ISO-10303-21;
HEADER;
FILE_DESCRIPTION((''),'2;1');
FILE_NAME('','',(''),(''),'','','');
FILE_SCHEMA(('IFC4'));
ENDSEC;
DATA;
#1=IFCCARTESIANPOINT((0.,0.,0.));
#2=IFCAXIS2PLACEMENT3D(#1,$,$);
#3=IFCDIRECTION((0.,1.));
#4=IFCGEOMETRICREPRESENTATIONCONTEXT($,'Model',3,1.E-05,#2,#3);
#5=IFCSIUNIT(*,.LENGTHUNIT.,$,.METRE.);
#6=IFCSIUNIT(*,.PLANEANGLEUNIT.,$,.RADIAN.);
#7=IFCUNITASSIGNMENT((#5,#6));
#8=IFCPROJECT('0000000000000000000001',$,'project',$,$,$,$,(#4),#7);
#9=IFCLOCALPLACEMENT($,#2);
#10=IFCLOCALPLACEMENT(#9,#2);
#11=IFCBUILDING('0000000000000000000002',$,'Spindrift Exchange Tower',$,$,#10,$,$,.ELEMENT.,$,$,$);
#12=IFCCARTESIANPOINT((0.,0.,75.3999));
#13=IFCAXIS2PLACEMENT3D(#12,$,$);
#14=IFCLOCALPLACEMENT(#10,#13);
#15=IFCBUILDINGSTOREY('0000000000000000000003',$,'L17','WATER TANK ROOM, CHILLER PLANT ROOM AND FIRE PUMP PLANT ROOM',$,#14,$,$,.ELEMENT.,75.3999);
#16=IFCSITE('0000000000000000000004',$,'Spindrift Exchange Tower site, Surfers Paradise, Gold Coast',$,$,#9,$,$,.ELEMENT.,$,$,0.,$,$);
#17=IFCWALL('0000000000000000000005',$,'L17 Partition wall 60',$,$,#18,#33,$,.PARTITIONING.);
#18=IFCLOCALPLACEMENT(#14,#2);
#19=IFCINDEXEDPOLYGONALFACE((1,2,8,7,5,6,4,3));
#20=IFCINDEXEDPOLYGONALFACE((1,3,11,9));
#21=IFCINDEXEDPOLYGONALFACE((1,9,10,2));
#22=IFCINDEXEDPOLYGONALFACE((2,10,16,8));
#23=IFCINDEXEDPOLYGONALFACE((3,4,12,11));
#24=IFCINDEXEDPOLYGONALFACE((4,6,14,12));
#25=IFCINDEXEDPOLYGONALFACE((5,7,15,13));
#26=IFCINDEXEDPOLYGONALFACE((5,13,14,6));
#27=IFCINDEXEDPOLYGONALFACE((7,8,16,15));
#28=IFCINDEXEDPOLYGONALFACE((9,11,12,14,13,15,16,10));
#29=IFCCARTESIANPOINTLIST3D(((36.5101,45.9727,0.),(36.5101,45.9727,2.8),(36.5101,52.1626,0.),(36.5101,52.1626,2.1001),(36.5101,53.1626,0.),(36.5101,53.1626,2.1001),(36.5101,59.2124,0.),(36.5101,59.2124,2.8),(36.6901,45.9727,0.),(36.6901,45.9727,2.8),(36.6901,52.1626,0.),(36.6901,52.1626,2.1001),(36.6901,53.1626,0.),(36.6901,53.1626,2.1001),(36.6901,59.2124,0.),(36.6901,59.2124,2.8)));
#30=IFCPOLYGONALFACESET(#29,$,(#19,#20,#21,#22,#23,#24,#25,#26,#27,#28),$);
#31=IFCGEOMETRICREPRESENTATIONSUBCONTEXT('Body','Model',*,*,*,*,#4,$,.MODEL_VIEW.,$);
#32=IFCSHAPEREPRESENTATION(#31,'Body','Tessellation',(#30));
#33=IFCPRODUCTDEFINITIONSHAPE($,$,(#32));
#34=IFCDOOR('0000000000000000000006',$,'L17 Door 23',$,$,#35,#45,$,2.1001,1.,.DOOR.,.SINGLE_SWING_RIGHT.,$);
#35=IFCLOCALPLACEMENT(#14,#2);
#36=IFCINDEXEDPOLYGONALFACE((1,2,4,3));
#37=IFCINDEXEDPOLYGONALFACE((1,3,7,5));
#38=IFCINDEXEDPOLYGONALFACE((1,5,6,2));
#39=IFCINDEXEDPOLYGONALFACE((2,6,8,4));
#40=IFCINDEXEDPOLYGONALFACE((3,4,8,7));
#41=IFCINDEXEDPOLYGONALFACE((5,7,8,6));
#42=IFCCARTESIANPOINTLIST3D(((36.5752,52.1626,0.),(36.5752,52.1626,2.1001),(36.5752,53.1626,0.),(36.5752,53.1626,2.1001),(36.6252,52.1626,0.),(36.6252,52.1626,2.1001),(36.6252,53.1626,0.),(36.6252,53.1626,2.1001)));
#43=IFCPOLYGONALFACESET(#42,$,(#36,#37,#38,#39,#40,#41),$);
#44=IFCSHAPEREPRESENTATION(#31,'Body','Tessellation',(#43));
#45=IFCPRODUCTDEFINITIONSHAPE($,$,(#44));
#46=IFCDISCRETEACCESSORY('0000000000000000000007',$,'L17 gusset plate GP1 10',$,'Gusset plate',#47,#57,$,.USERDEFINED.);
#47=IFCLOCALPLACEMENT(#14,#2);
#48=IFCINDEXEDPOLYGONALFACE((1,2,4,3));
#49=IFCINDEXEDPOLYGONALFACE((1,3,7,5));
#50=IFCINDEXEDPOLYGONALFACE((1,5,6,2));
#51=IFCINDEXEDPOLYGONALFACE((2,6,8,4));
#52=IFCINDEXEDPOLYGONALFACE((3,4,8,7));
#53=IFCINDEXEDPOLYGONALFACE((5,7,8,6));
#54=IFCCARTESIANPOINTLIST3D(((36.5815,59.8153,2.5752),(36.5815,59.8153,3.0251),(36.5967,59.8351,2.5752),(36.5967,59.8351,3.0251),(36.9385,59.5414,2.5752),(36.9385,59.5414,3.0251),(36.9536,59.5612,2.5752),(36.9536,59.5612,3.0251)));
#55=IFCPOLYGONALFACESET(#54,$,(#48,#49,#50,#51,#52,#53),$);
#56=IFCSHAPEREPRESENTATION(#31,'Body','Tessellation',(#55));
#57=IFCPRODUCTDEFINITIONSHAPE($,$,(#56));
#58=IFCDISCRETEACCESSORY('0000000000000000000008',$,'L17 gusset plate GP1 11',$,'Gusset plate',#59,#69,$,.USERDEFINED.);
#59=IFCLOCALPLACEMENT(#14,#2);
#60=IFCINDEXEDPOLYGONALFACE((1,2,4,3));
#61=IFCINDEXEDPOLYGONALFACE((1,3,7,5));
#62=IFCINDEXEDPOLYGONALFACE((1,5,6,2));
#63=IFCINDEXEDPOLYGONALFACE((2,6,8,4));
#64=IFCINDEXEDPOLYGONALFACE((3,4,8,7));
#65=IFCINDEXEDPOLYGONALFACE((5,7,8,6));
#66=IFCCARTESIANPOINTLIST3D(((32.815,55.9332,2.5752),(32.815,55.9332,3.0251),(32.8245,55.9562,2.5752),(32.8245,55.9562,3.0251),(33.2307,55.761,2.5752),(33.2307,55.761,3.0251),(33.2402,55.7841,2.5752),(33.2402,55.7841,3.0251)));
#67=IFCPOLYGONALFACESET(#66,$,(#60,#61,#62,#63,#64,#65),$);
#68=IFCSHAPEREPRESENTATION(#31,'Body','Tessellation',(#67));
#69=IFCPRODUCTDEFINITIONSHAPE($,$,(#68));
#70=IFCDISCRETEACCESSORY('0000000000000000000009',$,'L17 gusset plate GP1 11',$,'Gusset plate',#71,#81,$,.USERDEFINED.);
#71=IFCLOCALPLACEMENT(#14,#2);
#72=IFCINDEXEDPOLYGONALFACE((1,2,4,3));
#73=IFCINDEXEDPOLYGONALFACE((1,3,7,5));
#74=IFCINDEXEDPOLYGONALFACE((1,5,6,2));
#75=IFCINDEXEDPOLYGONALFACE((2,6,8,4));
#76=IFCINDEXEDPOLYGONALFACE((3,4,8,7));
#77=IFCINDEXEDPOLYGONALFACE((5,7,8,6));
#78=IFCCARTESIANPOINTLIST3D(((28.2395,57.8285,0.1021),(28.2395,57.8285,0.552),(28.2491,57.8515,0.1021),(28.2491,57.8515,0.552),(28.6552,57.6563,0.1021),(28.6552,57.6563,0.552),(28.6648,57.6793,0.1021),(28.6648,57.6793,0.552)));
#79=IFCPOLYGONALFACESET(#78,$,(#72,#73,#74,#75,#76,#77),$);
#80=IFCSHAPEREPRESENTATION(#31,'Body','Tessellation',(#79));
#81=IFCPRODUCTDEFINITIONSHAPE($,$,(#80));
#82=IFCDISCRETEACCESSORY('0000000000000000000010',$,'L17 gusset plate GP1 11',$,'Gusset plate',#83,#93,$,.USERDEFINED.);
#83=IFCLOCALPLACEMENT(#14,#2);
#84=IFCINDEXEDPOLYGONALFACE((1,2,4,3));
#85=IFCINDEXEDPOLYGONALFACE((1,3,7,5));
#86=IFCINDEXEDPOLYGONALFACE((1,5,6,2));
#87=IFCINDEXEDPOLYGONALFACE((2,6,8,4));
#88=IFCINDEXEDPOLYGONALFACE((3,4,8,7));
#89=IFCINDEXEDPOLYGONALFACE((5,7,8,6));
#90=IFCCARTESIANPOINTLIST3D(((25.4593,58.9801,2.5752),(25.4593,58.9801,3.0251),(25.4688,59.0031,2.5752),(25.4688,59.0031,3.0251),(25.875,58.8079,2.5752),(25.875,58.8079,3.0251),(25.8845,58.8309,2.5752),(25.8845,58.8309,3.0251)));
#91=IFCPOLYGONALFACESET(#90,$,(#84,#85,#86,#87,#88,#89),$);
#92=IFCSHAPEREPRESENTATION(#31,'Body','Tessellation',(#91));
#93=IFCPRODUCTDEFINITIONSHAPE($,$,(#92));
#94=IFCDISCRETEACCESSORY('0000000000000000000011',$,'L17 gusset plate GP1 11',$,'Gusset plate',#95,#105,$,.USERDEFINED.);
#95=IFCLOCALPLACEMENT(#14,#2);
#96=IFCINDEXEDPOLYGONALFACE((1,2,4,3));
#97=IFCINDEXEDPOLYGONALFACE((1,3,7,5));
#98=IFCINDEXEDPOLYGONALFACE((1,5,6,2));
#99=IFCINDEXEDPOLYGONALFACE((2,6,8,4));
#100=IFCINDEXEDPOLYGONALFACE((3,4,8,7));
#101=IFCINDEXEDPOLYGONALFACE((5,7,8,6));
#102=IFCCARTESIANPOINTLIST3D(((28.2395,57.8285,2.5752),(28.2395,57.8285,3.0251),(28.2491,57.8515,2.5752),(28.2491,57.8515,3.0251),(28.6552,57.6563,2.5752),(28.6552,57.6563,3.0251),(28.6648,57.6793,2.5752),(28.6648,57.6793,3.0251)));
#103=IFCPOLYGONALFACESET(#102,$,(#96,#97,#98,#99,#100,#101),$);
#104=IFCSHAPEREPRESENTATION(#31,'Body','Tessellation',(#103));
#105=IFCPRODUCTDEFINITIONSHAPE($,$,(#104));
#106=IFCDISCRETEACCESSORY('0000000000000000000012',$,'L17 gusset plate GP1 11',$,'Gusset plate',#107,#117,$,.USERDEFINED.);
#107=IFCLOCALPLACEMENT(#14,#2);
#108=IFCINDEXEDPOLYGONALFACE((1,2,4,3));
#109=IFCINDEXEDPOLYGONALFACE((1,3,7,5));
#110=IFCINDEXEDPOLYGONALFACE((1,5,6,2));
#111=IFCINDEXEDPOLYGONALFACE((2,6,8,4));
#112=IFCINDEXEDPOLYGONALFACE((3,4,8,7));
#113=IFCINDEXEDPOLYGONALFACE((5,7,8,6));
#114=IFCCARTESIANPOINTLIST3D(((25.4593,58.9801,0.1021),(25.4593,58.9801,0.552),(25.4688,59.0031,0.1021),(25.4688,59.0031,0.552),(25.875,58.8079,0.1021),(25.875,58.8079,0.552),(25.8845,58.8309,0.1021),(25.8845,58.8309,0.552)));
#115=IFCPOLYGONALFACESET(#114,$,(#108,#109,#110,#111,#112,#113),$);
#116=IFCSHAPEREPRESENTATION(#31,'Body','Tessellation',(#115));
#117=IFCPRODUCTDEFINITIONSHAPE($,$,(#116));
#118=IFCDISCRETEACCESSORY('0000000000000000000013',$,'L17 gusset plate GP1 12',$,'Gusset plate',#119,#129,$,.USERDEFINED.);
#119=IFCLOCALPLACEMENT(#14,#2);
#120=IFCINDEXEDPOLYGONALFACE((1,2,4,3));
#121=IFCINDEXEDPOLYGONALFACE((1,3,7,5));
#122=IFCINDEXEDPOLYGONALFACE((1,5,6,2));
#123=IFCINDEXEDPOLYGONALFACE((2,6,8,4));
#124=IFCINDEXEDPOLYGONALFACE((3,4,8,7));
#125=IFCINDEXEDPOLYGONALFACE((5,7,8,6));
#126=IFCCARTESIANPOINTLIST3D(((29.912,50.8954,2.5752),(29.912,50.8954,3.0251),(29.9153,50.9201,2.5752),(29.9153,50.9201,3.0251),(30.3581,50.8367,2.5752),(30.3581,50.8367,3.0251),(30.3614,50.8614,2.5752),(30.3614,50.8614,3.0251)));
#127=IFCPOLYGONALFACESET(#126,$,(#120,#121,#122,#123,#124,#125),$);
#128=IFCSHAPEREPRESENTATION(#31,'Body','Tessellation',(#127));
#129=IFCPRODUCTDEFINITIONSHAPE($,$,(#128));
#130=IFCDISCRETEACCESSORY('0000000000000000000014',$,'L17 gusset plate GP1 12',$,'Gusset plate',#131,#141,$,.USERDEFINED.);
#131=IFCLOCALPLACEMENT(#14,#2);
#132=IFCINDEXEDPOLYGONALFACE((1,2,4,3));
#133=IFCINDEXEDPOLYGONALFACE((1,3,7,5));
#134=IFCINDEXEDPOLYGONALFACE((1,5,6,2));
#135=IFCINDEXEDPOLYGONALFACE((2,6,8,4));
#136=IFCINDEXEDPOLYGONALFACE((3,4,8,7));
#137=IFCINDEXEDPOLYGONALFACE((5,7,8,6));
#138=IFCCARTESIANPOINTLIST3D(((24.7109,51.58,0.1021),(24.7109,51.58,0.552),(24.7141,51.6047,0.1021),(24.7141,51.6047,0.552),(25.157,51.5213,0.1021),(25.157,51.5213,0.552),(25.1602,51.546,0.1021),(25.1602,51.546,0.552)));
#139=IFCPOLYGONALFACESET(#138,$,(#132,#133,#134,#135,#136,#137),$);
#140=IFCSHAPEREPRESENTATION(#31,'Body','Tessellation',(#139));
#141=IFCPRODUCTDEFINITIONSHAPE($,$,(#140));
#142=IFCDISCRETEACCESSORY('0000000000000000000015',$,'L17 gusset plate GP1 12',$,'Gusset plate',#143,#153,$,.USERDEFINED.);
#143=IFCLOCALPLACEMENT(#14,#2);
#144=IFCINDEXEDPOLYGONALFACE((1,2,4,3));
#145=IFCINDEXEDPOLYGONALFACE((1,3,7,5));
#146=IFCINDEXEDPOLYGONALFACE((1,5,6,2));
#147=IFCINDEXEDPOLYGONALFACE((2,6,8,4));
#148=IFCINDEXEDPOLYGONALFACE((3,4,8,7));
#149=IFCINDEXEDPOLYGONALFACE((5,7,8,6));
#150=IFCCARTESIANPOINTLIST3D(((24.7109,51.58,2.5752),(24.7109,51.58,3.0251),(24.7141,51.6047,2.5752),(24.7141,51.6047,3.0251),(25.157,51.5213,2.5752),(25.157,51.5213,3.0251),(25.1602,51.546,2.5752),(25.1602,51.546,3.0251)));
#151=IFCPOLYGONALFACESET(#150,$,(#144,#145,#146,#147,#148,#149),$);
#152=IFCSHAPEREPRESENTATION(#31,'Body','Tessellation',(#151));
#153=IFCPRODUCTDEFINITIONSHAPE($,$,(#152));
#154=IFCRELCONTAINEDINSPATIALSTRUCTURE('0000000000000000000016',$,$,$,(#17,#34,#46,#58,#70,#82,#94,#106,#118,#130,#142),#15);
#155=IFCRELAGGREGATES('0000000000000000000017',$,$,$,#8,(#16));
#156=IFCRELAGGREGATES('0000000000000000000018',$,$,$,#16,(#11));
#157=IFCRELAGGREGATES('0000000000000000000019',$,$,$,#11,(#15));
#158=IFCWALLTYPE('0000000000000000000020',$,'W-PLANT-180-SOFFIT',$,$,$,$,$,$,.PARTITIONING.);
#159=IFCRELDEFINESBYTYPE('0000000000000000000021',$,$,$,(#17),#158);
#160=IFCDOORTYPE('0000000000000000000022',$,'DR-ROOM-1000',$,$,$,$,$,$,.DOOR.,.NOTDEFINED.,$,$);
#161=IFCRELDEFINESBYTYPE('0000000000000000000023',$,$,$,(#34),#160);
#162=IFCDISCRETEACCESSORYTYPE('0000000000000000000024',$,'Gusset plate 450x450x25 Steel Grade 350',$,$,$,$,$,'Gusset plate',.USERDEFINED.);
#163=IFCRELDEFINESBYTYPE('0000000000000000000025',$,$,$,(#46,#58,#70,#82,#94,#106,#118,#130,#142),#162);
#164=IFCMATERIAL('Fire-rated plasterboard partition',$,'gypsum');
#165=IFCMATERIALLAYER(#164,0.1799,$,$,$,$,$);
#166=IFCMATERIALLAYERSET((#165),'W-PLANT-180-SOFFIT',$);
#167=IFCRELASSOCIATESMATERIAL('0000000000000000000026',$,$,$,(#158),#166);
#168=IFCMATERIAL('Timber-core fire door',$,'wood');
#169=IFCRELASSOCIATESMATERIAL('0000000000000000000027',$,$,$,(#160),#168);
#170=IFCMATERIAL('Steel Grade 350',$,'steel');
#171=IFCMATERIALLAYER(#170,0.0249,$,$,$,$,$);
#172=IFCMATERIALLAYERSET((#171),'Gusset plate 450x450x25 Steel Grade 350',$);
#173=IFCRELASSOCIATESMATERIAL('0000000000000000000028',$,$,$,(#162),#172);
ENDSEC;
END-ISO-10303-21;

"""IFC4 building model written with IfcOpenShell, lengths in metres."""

from ifc_helpers import new_model, si_unit, direction, frame, frame_2d, origin, origin_2d, place, context, subcontext, project, spatial, rectangle, extrude, source, transform, mapped, material, layer, layer_set, type_object, element, fill, save


model = new_model("IFC4")

# Units and contexts
model_context = context("Model", 3, precision=1e-05, world=origin(), true_north=direction((0.0, 1.0)))
body_context = subcontext(model_context, "Body", "Model", "MODEL_VIEW")
ifc_project = project(units=[si_unit("LENGTHUNIT", "METRE"), si_unit("PLANEANGLEUNIT", "RADIAN")], contexts=[model_context])

# Site, building, storey
site_placement = place(None, origin())
site = spatial("IfcSite", under=ifc_project, at=site_placement, Name="Spindrift Exchange Tower site, Surfers Paradise, Gold Coast", CompositionType="ELEMENT", RefElevation=0.0)
building_placement = place(site_placement, origin())
building = spatial("IfcBuilding", under=site, at=building_placement, Name="Spindrift Exchange Tower", CompositionType="ELEMENT")
storey_placement = place(building_placement, frame((0.0, 0.0, 75.3999)))
storey = spatial("IfcBuildingStorey", under=building, at=storey_placement, Name="L17", Description="WATER TANK ROOM, CHILLER PLANT ROOM AND FIRE PUMP PLANT ROOM", CompositionType="ELEMENT", Elevation=75.3999)

# Shared definitions
ifc_material_1 = material(Name="Fire-rated plasterboard partition", Category="gypsum")

# Wall, opening, door
ifc_layer_1 = layer(ifc_material_1, 0.1799)
ifc_layer_set_1 = layer_set([ifc_layer_1], Name="W-PLANT-180-SOFFIT")
wall_type_1 = type_object("IfcWallType", Name="W-PLANT-180-SOFFIT", PredefinedType="PARTITIONING", material=ifc_layer_set_1)
wall_1_placement = place(storey_placement, frame((36.6001, 45.9727, 0.0), z_axis=(0.0, 0.0, 1.0), x_axis=(0.0, 1.0, 0.0)))
wall_1 = element("IfcWall", 1, at=wall_1_placement, inside=storey, type_object=wall_type_1, Name="L17 Partition wall 60", PredefinedType="PARTITIONING", context=body_context, shape_type="SweptSolid", body=[
    extrude(rectangle(XDim=13.2397, YDim=0.1799, at=frame_2d((6.6199, 0.0))), origin(), (0.0, 0.0, 1.0), 2.8),
])
opening_1_placement = place(wall_1_placement, frame((6.1899, 0.0, 0.0)))
opening_1 = element("IfcOpeningElement", 2, at=opening_1_placement, cuts=wall_1, PredefinedType="OPENING", context=body_context, shape_type="SweptSolid", body=[
    extrude(rectangle(XDim=1.0, YDim=2.1001, at=frame_2d((0.5, 1.05))), frame((0.0, 0.0999, 0.0), z_axis=(0.0, -1.0, 0.0), x_axis=(1.0, 0.0, 0.0)), (0.0, 0.0, 1.0), 0.2),
])
ifc_material_2 = material(Name="Timber-core fire door", Category="wood")
door_type_1 = type_object("IfcDoorType", Name="DR-ROOM-1000", OperationType="NOTDEFINED", PredefinedType="DOOR", material=ifc_material_2)
shared_shape_1 = source(origin(), body_context, "Body", "SweptSolid", [
    extrude(rectangle(XDim=1.0, YDim=2.1001, at=frame_2d((0.5, 1.05))), frame((0.0, 0.0249, 0.0), z_axis=(0.0, -1.0, 0.0), x_axis=(1.0, 0.0, 0.0)), (0.0, 0.0, 1.0), 0.05),
])
door_1_placement = place(opening_1_placement, origin())
door_1 = element("IfcDoor", 3, at=door_1_placement, inside=storey, type_object=door_type_1, Name="L17 Door 23", OperationType="SINGLE_SWING_RIGHT", OverallHeight=2.1001, OverallWidth=1.0, PredefinedType="DOOR", context=body_context, shape_type="MappedRepresentation", body=[
    mapped(shared_shape_1, transform((0.0, 0.0, 0.0), scale=1.0)),
])
fill(opening_1, door_1)

# Discrete accessories
ifc_material_3 = material(Name="Steel Grade 350", Category="steel")
ifc_layer_2 = layer(ifc_material_3, 0.0249)
ifc_layer_set_2 = layer_set([ifc_layer_2], Name="Gusset plate 450x450x25 Steel Grade 350")
discrete_accessory_type = type_object("IfcDiscreteAccessoryType", Name="Gusset plate 450x450x25 Steel Grade 350", ElementType="Gusset plate", PredefinedType="USERDEFINED", material=ifc_layer_set_2)
shared_shape_2 = source(origin(), body_context, "Body", "SweptSolid", [
    extrude(rectangle(XDim=0.45, YDim=0.0249, at=origin_2d()), origin(), (0.0, 0.0, 1.0), 0.45),
])
for number, where, z_axis, x_axis, name in (
    (4, (36.7676, 59.6882, 2.5752), (0.0, 0.0, 1.0), (-0.793348, 0.608768, 0.0), "L17 gusset plate GP1 10"),
    (5, (33.0276, 55.8586, 2.5752), (0.0, 0.0, 1.0), (-0.923883, 0.382675, 0.0), "L17 gusset plate GP1 11"),
    (6, (28.4521, 57.7539, 0.1021), (0.0, 0.0, 1.0), (-0.923883, 0.382675, 0.0), "L17 gusset plate GP1 11"),
    (7, (25.6719, 58.9055, 2.5752), (0.0, 0.0, 1.0), (-0.923877, 0.38269, 0.0), "L17 gusset plate GP1 11"),
    (8, (28.4521, 57.7539, 2.5752), (0.0, 0.0, 1.0), (-0.92388, 0.382683, 0.0), "L17 gusset plate GP1 11"),
    (9, (25.6719, 58.9055, 0.1021), (0.0, 0.0, 1.0), (-0.92388, 0.382683, 0.0), "L17 gusset plate GP1 11"),
    (10, (30.1367, 50.8784, 2.5752), (0.0, 0.0, 1.0), (-0.991444, 0.130533, 0.0), "L17 gusset plate GP1 12"),
    (11, (24.9355, 51.563, 0.1021), (0.0, 0.0, 1.0), (-0.991444, 0.130533, 0.0), "L17 gusset plate GP1 12"),
    (12, (24.9355, 51.563, 2.5752), (0.0, 0.0, 1.0), (-0.991445, 0.130526, 0.0), "L17 gusset plate GP1 12"),
):
    element("IfcDiscreteAccessory", number, at=place(storey_placement, frame(where, z_axis=z_axis, x_axis=x_axis)), inside=storey, type_object=discrete_accessory_type, Name=name, ObjectType="Gusset plate", PredefinedType="USERDEFINED", context=body_context, shape_type="MappedRepresentation", body=[
        mapped(shared_shape_2, transform((0.0, 0.0, 0.0), scale=1.0)),
    ])

save(model, "model.ifc")
